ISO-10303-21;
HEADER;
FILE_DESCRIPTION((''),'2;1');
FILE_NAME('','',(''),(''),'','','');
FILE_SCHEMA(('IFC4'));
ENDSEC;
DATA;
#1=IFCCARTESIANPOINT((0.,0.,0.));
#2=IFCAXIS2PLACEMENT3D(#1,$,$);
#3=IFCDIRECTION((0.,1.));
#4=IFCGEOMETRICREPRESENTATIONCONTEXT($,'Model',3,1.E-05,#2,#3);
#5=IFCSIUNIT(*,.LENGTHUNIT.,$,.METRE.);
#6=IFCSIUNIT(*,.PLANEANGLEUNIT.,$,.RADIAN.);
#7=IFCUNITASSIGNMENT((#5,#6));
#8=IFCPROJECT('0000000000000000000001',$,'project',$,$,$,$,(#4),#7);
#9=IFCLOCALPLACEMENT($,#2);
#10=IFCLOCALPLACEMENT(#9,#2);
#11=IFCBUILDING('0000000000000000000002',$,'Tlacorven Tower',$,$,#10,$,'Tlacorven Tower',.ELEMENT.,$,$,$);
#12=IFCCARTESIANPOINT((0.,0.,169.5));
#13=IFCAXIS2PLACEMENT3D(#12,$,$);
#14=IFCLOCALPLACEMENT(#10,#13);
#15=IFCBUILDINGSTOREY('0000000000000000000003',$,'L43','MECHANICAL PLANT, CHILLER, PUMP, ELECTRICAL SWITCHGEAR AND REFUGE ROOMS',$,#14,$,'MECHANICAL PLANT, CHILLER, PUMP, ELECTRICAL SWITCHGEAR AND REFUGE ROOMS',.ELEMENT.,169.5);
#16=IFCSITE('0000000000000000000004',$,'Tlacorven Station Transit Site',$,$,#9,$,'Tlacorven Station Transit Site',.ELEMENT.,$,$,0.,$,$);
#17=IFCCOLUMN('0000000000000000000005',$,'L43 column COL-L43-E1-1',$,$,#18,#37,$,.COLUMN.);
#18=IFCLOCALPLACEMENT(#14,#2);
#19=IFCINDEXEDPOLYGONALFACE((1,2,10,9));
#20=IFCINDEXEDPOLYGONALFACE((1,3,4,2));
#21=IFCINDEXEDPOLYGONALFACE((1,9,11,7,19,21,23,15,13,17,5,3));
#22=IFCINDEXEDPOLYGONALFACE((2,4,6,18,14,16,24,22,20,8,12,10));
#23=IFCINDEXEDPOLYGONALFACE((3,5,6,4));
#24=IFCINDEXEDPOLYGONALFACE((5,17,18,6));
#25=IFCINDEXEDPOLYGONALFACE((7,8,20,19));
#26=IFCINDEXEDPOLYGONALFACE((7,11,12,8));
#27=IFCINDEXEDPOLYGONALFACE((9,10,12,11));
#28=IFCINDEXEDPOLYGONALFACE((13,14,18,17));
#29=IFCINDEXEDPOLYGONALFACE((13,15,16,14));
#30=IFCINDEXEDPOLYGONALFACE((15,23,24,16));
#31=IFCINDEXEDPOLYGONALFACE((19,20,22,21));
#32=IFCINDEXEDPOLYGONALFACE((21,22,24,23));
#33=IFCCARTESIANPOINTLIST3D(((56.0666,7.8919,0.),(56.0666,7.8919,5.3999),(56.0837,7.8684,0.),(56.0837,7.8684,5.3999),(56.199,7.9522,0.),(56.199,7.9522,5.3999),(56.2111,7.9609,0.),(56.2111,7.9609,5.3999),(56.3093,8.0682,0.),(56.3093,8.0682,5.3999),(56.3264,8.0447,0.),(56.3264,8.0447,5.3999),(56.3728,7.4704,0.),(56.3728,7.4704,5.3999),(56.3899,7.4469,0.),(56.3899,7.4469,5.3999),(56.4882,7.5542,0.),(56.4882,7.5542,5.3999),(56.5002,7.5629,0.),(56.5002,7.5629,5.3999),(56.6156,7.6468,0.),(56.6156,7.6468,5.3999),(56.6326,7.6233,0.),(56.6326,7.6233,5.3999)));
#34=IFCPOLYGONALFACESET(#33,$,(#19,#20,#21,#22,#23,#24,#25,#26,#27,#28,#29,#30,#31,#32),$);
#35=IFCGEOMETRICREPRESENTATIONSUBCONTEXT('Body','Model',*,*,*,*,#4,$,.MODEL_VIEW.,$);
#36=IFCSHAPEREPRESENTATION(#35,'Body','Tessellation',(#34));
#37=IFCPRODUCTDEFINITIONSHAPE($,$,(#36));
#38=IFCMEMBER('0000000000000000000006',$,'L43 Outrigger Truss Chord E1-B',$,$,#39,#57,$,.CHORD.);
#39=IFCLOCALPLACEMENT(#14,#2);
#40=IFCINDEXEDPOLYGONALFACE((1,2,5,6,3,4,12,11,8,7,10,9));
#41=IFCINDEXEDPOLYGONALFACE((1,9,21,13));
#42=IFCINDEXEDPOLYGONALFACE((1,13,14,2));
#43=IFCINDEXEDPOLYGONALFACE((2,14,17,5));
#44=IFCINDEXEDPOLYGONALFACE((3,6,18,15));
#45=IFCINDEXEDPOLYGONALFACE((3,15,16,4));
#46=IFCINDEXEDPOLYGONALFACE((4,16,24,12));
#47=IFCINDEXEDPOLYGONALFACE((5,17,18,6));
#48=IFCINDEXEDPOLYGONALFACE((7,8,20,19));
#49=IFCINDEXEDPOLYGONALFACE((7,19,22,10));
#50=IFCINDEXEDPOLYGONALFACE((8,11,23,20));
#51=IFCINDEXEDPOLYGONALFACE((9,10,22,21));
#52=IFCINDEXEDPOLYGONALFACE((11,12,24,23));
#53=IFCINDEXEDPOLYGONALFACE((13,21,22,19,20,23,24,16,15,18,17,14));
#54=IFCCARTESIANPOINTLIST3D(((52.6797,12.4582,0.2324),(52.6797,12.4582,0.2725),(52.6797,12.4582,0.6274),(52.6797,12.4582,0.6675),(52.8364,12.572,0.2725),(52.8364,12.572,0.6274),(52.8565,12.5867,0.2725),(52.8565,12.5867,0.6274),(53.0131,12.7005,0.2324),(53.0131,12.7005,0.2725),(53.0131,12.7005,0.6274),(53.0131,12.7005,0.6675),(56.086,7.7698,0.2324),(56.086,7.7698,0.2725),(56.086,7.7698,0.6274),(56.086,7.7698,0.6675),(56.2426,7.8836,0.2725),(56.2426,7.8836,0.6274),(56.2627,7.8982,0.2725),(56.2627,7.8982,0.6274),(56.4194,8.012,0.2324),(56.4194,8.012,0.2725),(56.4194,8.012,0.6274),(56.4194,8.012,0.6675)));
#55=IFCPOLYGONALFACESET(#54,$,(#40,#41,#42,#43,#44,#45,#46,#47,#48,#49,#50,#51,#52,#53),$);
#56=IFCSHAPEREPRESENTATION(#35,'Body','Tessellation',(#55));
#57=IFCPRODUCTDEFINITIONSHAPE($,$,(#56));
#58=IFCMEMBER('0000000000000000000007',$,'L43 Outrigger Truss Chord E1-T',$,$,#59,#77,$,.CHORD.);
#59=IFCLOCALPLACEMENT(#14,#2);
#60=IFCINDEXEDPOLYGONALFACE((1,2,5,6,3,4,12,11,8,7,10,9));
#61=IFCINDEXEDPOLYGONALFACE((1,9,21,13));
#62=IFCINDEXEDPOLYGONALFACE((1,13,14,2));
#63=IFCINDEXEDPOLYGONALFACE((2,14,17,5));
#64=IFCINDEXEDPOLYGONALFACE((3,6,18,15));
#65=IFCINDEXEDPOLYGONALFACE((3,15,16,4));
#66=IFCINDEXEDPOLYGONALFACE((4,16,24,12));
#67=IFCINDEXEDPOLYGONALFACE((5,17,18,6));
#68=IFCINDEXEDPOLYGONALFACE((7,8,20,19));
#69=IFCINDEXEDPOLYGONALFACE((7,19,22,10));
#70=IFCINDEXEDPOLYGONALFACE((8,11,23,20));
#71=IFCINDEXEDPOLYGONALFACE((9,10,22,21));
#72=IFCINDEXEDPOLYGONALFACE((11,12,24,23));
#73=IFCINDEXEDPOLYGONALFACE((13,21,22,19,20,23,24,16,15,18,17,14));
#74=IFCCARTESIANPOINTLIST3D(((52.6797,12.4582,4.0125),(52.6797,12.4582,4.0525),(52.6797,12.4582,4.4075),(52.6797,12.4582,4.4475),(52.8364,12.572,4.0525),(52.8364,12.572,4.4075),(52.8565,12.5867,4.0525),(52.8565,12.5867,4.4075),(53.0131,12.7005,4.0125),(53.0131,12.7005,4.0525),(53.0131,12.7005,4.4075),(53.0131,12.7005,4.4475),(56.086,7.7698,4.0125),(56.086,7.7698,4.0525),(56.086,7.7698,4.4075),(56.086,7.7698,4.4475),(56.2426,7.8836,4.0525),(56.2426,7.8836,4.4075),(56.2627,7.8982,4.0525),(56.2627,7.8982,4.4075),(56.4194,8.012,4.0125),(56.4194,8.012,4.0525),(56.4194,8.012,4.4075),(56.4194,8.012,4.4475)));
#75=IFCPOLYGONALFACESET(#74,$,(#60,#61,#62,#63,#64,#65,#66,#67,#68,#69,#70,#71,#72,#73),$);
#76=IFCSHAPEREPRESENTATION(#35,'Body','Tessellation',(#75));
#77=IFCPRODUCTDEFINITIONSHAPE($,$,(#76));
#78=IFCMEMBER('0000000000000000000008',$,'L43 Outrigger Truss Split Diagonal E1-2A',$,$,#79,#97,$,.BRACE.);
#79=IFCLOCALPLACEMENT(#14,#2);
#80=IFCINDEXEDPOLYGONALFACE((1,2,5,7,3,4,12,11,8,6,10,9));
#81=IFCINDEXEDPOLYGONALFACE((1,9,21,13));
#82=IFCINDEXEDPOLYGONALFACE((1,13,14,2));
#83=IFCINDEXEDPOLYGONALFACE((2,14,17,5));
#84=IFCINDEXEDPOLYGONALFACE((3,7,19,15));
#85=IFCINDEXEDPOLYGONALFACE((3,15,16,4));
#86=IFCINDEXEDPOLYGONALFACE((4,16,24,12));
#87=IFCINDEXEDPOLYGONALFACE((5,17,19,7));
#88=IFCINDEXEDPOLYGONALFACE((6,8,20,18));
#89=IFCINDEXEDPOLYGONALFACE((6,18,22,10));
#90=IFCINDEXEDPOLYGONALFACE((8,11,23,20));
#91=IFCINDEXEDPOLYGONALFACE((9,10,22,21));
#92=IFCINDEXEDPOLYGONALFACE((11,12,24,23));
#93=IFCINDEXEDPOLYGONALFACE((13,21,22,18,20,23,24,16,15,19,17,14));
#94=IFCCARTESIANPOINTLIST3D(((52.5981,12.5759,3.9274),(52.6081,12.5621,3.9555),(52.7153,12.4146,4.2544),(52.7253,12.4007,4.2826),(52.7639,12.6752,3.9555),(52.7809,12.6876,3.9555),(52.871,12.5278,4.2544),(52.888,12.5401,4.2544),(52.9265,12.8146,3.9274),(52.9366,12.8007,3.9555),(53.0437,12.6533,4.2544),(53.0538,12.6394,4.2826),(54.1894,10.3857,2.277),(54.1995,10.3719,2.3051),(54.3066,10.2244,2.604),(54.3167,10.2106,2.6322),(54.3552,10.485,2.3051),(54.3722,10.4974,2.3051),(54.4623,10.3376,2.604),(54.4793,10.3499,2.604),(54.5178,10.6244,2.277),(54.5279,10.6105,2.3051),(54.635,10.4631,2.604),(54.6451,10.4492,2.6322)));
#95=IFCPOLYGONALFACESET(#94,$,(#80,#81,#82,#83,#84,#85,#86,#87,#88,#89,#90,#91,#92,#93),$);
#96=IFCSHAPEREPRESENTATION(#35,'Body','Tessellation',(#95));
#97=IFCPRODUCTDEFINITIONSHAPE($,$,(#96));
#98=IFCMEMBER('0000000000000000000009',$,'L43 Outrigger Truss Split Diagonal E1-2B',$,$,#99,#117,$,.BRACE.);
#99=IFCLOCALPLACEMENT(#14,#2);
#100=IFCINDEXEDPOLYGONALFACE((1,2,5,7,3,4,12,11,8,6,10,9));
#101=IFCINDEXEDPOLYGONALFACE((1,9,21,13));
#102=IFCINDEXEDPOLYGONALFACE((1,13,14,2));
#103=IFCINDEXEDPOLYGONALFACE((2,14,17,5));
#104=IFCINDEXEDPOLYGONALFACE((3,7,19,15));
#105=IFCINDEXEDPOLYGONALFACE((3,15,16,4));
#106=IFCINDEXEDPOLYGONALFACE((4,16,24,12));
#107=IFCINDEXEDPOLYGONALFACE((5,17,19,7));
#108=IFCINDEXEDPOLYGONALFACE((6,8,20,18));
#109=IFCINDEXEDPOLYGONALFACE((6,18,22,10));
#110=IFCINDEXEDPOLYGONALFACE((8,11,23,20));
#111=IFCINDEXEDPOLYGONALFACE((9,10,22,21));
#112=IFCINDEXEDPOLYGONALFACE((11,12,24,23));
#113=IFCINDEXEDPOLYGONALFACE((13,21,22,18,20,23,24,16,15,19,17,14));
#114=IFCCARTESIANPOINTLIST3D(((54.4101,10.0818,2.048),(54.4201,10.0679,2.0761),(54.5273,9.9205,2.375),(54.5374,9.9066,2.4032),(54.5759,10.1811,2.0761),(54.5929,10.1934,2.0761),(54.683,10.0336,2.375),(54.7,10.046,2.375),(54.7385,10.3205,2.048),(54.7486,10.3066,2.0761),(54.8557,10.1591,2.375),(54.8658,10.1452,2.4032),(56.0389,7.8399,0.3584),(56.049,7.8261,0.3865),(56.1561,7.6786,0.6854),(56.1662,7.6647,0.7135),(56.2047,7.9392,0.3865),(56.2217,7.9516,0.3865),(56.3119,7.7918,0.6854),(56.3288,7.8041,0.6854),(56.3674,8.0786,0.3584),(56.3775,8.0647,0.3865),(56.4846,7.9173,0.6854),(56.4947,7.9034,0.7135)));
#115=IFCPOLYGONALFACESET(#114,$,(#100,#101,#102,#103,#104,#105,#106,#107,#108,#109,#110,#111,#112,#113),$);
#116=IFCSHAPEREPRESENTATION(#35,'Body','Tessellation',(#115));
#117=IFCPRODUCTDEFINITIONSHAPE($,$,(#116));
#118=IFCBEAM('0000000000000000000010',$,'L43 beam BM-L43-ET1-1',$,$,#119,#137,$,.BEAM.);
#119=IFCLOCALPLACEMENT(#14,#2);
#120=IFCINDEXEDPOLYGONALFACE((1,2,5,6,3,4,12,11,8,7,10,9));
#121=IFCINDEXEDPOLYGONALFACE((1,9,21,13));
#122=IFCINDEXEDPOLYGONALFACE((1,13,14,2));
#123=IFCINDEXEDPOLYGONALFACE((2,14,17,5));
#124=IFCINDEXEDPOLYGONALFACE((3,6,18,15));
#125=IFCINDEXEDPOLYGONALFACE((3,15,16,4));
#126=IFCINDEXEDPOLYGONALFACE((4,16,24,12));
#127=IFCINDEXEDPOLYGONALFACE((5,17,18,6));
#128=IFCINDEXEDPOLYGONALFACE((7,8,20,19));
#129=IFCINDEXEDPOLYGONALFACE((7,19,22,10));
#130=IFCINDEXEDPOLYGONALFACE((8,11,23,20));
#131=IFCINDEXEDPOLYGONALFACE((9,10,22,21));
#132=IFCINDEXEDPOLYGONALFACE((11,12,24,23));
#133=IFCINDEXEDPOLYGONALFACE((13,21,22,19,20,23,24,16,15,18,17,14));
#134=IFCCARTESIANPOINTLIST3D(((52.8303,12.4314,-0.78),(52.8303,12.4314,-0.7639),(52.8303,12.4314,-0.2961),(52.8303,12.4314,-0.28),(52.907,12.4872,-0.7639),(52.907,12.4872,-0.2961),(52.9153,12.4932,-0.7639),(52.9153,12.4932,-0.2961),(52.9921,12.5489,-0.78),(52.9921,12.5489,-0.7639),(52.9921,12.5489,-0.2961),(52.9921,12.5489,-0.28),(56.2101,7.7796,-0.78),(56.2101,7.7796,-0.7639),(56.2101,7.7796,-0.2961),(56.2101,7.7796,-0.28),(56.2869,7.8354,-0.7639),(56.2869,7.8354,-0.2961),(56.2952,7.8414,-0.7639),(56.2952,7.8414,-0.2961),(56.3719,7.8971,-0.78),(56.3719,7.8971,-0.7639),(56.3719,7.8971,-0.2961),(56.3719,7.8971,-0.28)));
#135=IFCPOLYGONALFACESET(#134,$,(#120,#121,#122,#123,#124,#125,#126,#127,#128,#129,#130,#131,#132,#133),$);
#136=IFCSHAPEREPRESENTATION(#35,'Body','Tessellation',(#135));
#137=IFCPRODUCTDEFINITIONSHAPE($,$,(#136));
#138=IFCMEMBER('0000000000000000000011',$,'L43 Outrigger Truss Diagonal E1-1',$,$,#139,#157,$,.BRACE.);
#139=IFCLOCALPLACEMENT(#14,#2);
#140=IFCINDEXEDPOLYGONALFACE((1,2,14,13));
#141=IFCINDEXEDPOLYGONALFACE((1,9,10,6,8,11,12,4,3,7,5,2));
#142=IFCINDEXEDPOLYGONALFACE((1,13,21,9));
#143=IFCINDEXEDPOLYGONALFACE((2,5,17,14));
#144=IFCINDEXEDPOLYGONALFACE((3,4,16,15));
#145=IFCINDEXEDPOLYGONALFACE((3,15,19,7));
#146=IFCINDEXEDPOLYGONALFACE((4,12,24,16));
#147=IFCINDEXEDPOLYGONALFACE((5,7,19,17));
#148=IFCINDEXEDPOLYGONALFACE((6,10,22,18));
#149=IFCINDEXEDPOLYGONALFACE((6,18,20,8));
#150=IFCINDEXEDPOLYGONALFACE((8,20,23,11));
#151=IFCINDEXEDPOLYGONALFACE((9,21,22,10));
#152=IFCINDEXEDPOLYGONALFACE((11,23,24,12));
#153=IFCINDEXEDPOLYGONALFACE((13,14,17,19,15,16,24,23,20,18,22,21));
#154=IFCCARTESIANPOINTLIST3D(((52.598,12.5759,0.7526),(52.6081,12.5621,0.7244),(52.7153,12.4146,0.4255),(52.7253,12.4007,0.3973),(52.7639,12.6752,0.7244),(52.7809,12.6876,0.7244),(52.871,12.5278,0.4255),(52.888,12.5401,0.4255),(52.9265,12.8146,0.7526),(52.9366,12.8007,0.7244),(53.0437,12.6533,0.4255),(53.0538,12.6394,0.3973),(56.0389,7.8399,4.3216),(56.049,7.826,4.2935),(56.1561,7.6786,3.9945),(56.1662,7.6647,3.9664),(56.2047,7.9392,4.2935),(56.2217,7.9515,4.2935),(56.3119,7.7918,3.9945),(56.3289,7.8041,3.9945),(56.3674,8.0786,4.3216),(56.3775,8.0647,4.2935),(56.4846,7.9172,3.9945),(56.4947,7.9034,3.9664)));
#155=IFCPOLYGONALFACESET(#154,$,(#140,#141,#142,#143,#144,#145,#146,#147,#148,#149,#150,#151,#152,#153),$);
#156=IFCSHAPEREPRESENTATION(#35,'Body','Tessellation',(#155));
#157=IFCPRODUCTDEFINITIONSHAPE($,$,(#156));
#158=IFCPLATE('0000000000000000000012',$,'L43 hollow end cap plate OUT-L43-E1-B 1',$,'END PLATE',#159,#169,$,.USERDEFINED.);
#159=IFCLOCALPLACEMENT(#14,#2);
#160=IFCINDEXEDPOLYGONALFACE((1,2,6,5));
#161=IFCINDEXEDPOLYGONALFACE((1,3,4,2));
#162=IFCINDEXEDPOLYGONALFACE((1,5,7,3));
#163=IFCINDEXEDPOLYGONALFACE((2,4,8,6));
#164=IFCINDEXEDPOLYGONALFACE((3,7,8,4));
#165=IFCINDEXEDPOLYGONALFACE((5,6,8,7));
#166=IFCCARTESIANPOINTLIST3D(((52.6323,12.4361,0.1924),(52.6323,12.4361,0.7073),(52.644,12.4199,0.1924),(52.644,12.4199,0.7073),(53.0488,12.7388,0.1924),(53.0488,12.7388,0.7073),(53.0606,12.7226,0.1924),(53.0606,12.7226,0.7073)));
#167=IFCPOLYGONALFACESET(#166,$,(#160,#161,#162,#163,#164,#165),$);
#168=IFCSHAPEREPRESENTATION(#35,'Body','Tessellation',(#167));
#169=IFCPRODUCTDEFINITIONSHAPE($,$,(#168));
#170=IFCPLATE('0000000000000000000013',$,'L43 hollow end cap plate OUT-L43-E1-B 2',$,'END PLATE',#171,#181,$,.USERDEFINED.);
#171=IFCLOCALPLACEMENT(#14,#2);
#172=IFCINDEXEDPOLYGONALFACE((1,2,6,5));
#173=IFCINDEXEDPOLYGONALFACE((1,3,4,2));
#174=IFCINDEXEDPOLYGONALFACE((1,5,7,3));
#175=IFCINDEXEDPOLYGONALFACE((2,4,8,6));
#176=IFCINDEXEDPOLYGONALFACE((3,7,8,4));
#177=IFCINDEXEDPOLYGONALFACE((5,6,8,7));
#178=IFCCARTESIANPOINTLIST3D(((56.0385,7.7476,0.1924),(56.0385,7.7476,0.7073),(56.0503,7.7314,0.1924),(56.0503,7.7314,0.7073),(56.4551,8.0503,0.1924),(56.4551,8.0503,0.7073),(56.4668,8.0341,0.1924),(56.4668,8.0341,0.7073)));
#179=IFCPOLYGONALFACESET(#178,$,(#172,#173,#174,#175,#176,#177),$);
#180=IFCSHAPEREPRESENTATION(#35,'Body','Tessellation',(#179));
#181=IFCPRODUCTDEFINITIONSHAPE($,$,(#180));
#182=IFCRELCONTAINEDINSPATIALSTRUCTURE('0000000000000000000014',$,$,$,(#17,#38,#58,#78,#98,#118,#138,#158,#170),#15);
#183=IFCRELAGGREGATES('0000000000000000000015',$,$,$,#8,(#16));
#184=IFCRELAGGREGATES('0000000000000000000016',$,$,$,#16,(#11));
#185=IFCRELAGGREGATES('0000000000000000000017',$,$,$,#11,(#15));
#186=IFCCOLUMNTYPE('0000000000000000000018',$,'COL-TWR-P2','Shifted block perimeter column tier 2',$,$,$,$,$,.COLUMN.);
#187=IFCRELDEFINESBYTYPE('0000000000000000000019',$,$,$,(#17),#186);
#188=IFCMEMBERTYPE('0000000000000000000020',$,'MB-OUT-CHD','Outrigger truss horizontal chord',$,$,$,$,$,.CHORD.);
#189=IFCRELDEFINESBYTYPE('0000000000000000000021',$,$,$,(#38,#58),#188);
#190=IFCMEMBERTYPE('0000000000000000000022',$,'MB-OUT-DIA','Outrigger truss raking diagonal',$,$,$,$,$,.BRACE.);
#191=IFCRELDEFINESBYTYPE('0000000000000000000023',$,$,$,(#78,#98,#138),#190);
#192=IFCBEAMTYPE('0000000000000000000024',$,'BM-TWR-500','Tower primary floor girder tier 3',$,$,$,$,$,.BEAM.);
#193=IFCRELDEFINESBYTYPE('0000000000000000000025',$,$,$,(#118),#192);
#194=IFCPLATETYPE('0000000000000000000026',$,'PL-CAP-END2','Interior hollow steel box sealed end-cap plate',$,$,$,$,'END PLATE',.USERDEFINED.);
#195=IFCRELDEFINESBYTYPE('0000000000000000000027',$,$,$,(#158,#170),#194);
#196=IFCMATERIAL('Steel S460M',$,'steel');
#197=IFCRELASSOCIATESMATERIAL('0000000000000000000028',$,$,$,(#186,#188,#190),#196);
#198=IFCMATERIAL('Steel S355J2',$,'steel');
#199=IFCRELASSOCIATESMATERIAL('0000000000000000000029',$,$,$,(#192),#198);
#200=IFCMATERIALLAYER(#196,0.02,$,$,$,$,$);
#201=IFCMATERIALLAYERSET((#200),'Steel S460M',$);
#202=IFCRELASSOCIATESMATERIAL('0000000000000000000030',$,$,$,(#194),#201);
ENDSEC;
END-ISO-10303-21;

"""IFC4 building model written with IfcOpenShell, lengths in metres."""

from ifc_helpers import new_model, si_unit, direction, frame, origin, origin_2d, place, context, subcontext, project, spatial, rectangle, i_section, extrude, source, transform, mapped, material, layer, layer_set, material_profile, profile_set, type_object, element, save


model = new_model("IFC4")

# Units and contexts
model_context = context("Model", 3, precision=1e-05, world=origin(), true_north=direction((0.0, 1.0)))
body_context = subcontext(model_context, "Body", "Model", "MODEL_VIEW")
ifc_project = project(units=[si_unit("LENGTHUNIT", "METRE"), si_unit("PLANEANGLEUNIT", "RADIAN")], contexts=[model_context])

# Site, building, storey
site_placement = place(None, origin())
site = spatial("IfcSite", under=ifc_project, at=site_placement, Name="Tlacorven Station Transit Site", LongName="Tlacorven Station Transit Site", CompositionType="ELEMENT", RefElevation=0.0)
building_placement = place(site_placement, origin())
building = spatial("IfcBuilding", under=site, at=building_placement, Name="Tlacorven Tower", LongName="Tlacorven Tower", CompositionType="ELEMENT")
storey_placement = place(building_placement, frame((0.0, 0.0, 169.5)))
storey = spatial("IfcBuildingStorey", under=building, at=storey_placement, Name="L43", Description="MECHANICAL PLANT, CHILLER, PUMP, ELECTRICAL SWITCHGEAR AND REFUGE ROOMS", LongName="MECHANICAL PLANT, CHILLER, PUMP, ELECTRICAL SWITCHGEAR AND REFUGE ROOMS", CompositionType="ELEMENT", Elevation=169.5)

# Column
ifc_material_1 = material(Name="Steel S460M", Category="steel")
ifc_material_profile_1 = material_profile(ifc_material_1, i_section(OverallWidth=0.3, OverallDepth=0.55, WebThickness=0.0149, FlangeThickness=0.0291, at=origin_2d()), Name="HEB 550")
ifc_profile_set_1 = profile_set([ifc_material_profile_1], Name="Steel S460M")
column_type = type_object("IfcColumnType", Name="COL-TWR-P2", Description="Shifted block perimeter column tier 2", PredefinedType="COLUMN", material=ifc_profile_set_1)
shared_shape_1 = source(origin(), body_context, "Body", "SweptSolid", [
    extrude(i_section(OverallWidth=0.3, OverallDepth=0.55, WebThickness=0.0149, FlangeThickness=0.0291, at=origin_2d()), origin(), (0.0, 0.0, 1.0), 5.3999),
])
column_placement = place(storey_placement, frame((56.3496, 7.7576, 0.0), z_axis=(0.0, 0.0, 1.0), x_axis=(0.809017, 0.587785, 0.0)))
element("IfcColumn", 1, at=column_placement, inside=storey, type_object=column_type, Name="L43 column COL-L43-E1-1", PredefinedType="COLUMN", context=body_context, shape_type="MappedRepresentation", body=[
    mapped(shared_shape_1, transform((0.0, 0.0, 0.0), scale=1.0)),
])

# Members
ifc_material_profile_2 = material_profile(ifc_material_1, i_section(OverallWidth=0.4121, OverallDepth=0.4351, WebThickness=0.0249, FlangeThickness=0.04, at=origin_2d()), Name="HD 400X463")
ifc_profile_set_2 = profile_set([ifc_material_profile_2], Name="Steel S460M")
member_type_1 = type_object("IfcMemberType", Name="MB-OUT-CHD", Description="Outrigger truss horizontal chord", PredefinedType="CHORD", material=ifc_profile_set_2)
shared_shape_2 = source(origin(), body_context, "Body", "SweptSolid", [
    extrude(i_section(OverallWidth=0.4121, OverallDepth=0.4351, WebThickness=0.0249, FlangeThickness=0.04, at=origin_2d()), origin(), (0.0, 0.0, 1.0), 5.7952),
])
for number, where, z_axis, x_axis, name in (
    (2, (52.8464, 12.5793, 0.45), (0.587771, -0.809027, 0.0), (0.809027, 0.587771, 0.0), "L43 Outrigger Truss Chord E1-B"),
    (3, (52.8464, 12.5793, 4.23), (0.587771, -0.809027, 0.0), (0.809027, 0.587771, 0.0), "L43 Outrigger Truss Chord E1-T"),
):
    element("IfcMember", number, at=place(storey_placement, frame(where, z_axis=z_axis, x_axis=x_axis)), inside=storey, type_object=member_type_1, Name=name, PredefinedType="CHORD", context=body_context, shape_type="MappedRepresentation", body=[
        mapped(shared_shape_2, transform((0.0, 0.0, 0.0), scale=1.0)),
    ])
ifc_material_profile_3 = material_profile(ifc_material_1, i_section(OverallWidth=0.406, OverallDepth=0.416, WebThickness=0.021, FlangeThickness=0.033, at=origin_2d()), Name="HD 400X382")
ifc_profile_set_3 = profile_set([ifc_material_profile_3], Name="Steel S460M")
member_type_2 = type_object("IfcMemberType", Name="MB-OUT-DIA", Description="Outrigger truss raking diagonal", PredefinedType="BRACE", material=ifc_profile_set_3)
shared_shape_3 = source(origin(), body_context, "Body", "SweptSolid", [
    extrude(i_section(OverallWidth=0.406, OverallDepth=0.416, WebThickness=0.021, FlangeThickness=0.033, at=origin_2d()), origin(), (0.0, 0.0, 1.0), 3.1707),
])
member_1_placement = place(storey_placement, frame((52.8259, 12.6077, 4.105), z_axis=(0.501889, -0.690771, -0.520523), x_axis=(0.809009, 0.587796, 0.0)))
element("IfcMember", 4, at=member_1_placement, inside=storey, type_object=member_type_2, Name="L43 Outrigger Truss Split Diagonal E1-2A", PredefinedType="BRACE", context=body_context, shape_type="MappedRepresentation", body=[
    mapped(shared_shape_3, transform((0.0, 0.0, 0.0), scale=1.0)),
])
shared_shape_4 = source(origin(), body_context, "Body", "SweptSolid", [
    extrude(i_section(OverallWidth=0.406, OverallDepth=0.416, WebThickness=0.021, FlangeThickness=0.033, at=origin_2d()), origin(), (0.0, 0.0, 1.0), 3.2456),
])
member_2_placement = place(storey_placement, frame((54.6379, 10.1135, 2.2256), z_axis=(0.501862, -0.690738, -0.520592), x_axis=(0.80901, 0.587794, 0.0)))
element("IfcMember", 5, at=member_2_placement, inside=storey, type_object=member_type_2, Name="L43 Outrigger Truss Split Diagonal E1-2B", PredefinedType="BRACE", context=body_context, shape_type="MappedRepresentation", body=[
    mapped(shared_shape_4, transform((0.0, 0.0, 0.0), scale=1.0)),
])

# Beam
ifc_material_2 = material(Name="Steel S355J2", Category="steel")
ifc_material_profile_4 = material_profile(ifc_material_2, i_section(OverallWidth=0.2, OverallDepth=0.5, WebThickness=0.0103, FlangeThickness=0.0161, at=origin_2d()), Name="IPE 500")
ifc_profile_set_4 = profile_set([ifc_material_profile_4], Name="Steel S355J2")
beam_type = type_object("IfcBeamType", Name="BM-TWR-500", Description="Tower primary floor girder tier 3", PredefinedType="BEAM", material=ifc_profile_set_4)
shared_shape_5 = source(origin(), body_context, "Body", "SweptSolid", [
    extrude(i_section(OverallWidth=0.2, OverallDepth=0.5, WebThickness=0.0103, FlangeThickness=0.0161, at=origin_2d()), origin(), (0.0, 0.0, 1.0), 5.75),
])
beam_placement = place(storey_placement, frame((56.291, 7.8384, -0.53), z_axis=(-0.587798, 0.809008, 0.0), x_axis=(-0.809008, -0.587798, 0.0)))
element("IfcBeam", 6, at=beam_placement, inside=storey, type_object=beam_type, Name="L43 beam BM-L43-ET1-1", PredefinedType="BEAM", context=body_context, shape_type="MappedRepresentation", body=[
    mapped(shared_shape_5, transform((0.0, 0.0, 0.0), scale=1.0)),
])

# Member
shared_shape_6 = source(origin(), body_context, "Body", "SweptSolid", [
    extrude(i_section(OverallWidth=0.406, OverallDepth=0.416, WebThickness=0.021, FlangeThickness=0.033, at=origin_2d()), origin(), (0.0, 0.0, 1.0), 6.8562),
])
member_3_placement = place(storey_placement, frame((52.8259, 12.6077, 0.575), z_axis=(0.501862, -0.690764, 0.520557), x_axis=(0.809021, 0.58778, 0.0)))
element("IfcMember", 7, at=member_3_placement, inside=storey, type_object=member_type_2, Name="L43 Outrigger Truss Diagonal E1-1", PredefinedType="BRACE", context=body_context, shape_type="MappedRepresentation", body=[
    mapped(shared_shape_6, transform((0.0, 0.0, 0.0), scale=1.0)),
])

# Plates
ifc_layer_1 = layer(ifc_material_1, 0.02)
ifc_layer_set_1 = layer_set([ifc_layer_1], Name="Steel S460M")
plate_type_1 = type_object("IfcPlateType", Name="PL-CAP-END2", Description="Interior hollow steel box sealed end-cap plate", ElementType="END PLATE", PredefinedType="USERDEFINED", material=ifc_layer_set_1)
shared_shape_7 = source(origin(), body_context, "Body", "SweptSolid", [
    extrude(rectangle(XDim=0.02, YDim=0.5149, at=origin_2d()), origin(), (0.0, 0.0, 1.0), 0.5149),
])
for number, where, z_axis, x_axis, name in (
    (8, (52.8464, 12.5793, 0.1924), (0.0, 0.0, 1.0), (0.587785, -0.809017, 0.0), "L43 hollow end cap plate OUT-L43-E1-B 1"),
    (9, (56.2527, 7.8909, 0.1924), (0.0, 0.0, 1.0), (0.587785, -0.809017, 0.0), "L43 hollow end cap plate OUT-L43-E1-B 2"),
):
    element("IfcPlate", number, at=place(storey_placement, frame(where, z_axis=z_axis, x_axis=x_axis)), inside=storey, type_object=plate_type_1, Name=name, ObjectType="END PLATE", PredefinedType="USERDEFINED", context=body_context, shape_type="MappedRepresentation", body=[
        mapped(shared_shape_7, transform((0.0, 0.0, 0.0), scale=1.0)),
    ])

save(model, "model.ifc")
